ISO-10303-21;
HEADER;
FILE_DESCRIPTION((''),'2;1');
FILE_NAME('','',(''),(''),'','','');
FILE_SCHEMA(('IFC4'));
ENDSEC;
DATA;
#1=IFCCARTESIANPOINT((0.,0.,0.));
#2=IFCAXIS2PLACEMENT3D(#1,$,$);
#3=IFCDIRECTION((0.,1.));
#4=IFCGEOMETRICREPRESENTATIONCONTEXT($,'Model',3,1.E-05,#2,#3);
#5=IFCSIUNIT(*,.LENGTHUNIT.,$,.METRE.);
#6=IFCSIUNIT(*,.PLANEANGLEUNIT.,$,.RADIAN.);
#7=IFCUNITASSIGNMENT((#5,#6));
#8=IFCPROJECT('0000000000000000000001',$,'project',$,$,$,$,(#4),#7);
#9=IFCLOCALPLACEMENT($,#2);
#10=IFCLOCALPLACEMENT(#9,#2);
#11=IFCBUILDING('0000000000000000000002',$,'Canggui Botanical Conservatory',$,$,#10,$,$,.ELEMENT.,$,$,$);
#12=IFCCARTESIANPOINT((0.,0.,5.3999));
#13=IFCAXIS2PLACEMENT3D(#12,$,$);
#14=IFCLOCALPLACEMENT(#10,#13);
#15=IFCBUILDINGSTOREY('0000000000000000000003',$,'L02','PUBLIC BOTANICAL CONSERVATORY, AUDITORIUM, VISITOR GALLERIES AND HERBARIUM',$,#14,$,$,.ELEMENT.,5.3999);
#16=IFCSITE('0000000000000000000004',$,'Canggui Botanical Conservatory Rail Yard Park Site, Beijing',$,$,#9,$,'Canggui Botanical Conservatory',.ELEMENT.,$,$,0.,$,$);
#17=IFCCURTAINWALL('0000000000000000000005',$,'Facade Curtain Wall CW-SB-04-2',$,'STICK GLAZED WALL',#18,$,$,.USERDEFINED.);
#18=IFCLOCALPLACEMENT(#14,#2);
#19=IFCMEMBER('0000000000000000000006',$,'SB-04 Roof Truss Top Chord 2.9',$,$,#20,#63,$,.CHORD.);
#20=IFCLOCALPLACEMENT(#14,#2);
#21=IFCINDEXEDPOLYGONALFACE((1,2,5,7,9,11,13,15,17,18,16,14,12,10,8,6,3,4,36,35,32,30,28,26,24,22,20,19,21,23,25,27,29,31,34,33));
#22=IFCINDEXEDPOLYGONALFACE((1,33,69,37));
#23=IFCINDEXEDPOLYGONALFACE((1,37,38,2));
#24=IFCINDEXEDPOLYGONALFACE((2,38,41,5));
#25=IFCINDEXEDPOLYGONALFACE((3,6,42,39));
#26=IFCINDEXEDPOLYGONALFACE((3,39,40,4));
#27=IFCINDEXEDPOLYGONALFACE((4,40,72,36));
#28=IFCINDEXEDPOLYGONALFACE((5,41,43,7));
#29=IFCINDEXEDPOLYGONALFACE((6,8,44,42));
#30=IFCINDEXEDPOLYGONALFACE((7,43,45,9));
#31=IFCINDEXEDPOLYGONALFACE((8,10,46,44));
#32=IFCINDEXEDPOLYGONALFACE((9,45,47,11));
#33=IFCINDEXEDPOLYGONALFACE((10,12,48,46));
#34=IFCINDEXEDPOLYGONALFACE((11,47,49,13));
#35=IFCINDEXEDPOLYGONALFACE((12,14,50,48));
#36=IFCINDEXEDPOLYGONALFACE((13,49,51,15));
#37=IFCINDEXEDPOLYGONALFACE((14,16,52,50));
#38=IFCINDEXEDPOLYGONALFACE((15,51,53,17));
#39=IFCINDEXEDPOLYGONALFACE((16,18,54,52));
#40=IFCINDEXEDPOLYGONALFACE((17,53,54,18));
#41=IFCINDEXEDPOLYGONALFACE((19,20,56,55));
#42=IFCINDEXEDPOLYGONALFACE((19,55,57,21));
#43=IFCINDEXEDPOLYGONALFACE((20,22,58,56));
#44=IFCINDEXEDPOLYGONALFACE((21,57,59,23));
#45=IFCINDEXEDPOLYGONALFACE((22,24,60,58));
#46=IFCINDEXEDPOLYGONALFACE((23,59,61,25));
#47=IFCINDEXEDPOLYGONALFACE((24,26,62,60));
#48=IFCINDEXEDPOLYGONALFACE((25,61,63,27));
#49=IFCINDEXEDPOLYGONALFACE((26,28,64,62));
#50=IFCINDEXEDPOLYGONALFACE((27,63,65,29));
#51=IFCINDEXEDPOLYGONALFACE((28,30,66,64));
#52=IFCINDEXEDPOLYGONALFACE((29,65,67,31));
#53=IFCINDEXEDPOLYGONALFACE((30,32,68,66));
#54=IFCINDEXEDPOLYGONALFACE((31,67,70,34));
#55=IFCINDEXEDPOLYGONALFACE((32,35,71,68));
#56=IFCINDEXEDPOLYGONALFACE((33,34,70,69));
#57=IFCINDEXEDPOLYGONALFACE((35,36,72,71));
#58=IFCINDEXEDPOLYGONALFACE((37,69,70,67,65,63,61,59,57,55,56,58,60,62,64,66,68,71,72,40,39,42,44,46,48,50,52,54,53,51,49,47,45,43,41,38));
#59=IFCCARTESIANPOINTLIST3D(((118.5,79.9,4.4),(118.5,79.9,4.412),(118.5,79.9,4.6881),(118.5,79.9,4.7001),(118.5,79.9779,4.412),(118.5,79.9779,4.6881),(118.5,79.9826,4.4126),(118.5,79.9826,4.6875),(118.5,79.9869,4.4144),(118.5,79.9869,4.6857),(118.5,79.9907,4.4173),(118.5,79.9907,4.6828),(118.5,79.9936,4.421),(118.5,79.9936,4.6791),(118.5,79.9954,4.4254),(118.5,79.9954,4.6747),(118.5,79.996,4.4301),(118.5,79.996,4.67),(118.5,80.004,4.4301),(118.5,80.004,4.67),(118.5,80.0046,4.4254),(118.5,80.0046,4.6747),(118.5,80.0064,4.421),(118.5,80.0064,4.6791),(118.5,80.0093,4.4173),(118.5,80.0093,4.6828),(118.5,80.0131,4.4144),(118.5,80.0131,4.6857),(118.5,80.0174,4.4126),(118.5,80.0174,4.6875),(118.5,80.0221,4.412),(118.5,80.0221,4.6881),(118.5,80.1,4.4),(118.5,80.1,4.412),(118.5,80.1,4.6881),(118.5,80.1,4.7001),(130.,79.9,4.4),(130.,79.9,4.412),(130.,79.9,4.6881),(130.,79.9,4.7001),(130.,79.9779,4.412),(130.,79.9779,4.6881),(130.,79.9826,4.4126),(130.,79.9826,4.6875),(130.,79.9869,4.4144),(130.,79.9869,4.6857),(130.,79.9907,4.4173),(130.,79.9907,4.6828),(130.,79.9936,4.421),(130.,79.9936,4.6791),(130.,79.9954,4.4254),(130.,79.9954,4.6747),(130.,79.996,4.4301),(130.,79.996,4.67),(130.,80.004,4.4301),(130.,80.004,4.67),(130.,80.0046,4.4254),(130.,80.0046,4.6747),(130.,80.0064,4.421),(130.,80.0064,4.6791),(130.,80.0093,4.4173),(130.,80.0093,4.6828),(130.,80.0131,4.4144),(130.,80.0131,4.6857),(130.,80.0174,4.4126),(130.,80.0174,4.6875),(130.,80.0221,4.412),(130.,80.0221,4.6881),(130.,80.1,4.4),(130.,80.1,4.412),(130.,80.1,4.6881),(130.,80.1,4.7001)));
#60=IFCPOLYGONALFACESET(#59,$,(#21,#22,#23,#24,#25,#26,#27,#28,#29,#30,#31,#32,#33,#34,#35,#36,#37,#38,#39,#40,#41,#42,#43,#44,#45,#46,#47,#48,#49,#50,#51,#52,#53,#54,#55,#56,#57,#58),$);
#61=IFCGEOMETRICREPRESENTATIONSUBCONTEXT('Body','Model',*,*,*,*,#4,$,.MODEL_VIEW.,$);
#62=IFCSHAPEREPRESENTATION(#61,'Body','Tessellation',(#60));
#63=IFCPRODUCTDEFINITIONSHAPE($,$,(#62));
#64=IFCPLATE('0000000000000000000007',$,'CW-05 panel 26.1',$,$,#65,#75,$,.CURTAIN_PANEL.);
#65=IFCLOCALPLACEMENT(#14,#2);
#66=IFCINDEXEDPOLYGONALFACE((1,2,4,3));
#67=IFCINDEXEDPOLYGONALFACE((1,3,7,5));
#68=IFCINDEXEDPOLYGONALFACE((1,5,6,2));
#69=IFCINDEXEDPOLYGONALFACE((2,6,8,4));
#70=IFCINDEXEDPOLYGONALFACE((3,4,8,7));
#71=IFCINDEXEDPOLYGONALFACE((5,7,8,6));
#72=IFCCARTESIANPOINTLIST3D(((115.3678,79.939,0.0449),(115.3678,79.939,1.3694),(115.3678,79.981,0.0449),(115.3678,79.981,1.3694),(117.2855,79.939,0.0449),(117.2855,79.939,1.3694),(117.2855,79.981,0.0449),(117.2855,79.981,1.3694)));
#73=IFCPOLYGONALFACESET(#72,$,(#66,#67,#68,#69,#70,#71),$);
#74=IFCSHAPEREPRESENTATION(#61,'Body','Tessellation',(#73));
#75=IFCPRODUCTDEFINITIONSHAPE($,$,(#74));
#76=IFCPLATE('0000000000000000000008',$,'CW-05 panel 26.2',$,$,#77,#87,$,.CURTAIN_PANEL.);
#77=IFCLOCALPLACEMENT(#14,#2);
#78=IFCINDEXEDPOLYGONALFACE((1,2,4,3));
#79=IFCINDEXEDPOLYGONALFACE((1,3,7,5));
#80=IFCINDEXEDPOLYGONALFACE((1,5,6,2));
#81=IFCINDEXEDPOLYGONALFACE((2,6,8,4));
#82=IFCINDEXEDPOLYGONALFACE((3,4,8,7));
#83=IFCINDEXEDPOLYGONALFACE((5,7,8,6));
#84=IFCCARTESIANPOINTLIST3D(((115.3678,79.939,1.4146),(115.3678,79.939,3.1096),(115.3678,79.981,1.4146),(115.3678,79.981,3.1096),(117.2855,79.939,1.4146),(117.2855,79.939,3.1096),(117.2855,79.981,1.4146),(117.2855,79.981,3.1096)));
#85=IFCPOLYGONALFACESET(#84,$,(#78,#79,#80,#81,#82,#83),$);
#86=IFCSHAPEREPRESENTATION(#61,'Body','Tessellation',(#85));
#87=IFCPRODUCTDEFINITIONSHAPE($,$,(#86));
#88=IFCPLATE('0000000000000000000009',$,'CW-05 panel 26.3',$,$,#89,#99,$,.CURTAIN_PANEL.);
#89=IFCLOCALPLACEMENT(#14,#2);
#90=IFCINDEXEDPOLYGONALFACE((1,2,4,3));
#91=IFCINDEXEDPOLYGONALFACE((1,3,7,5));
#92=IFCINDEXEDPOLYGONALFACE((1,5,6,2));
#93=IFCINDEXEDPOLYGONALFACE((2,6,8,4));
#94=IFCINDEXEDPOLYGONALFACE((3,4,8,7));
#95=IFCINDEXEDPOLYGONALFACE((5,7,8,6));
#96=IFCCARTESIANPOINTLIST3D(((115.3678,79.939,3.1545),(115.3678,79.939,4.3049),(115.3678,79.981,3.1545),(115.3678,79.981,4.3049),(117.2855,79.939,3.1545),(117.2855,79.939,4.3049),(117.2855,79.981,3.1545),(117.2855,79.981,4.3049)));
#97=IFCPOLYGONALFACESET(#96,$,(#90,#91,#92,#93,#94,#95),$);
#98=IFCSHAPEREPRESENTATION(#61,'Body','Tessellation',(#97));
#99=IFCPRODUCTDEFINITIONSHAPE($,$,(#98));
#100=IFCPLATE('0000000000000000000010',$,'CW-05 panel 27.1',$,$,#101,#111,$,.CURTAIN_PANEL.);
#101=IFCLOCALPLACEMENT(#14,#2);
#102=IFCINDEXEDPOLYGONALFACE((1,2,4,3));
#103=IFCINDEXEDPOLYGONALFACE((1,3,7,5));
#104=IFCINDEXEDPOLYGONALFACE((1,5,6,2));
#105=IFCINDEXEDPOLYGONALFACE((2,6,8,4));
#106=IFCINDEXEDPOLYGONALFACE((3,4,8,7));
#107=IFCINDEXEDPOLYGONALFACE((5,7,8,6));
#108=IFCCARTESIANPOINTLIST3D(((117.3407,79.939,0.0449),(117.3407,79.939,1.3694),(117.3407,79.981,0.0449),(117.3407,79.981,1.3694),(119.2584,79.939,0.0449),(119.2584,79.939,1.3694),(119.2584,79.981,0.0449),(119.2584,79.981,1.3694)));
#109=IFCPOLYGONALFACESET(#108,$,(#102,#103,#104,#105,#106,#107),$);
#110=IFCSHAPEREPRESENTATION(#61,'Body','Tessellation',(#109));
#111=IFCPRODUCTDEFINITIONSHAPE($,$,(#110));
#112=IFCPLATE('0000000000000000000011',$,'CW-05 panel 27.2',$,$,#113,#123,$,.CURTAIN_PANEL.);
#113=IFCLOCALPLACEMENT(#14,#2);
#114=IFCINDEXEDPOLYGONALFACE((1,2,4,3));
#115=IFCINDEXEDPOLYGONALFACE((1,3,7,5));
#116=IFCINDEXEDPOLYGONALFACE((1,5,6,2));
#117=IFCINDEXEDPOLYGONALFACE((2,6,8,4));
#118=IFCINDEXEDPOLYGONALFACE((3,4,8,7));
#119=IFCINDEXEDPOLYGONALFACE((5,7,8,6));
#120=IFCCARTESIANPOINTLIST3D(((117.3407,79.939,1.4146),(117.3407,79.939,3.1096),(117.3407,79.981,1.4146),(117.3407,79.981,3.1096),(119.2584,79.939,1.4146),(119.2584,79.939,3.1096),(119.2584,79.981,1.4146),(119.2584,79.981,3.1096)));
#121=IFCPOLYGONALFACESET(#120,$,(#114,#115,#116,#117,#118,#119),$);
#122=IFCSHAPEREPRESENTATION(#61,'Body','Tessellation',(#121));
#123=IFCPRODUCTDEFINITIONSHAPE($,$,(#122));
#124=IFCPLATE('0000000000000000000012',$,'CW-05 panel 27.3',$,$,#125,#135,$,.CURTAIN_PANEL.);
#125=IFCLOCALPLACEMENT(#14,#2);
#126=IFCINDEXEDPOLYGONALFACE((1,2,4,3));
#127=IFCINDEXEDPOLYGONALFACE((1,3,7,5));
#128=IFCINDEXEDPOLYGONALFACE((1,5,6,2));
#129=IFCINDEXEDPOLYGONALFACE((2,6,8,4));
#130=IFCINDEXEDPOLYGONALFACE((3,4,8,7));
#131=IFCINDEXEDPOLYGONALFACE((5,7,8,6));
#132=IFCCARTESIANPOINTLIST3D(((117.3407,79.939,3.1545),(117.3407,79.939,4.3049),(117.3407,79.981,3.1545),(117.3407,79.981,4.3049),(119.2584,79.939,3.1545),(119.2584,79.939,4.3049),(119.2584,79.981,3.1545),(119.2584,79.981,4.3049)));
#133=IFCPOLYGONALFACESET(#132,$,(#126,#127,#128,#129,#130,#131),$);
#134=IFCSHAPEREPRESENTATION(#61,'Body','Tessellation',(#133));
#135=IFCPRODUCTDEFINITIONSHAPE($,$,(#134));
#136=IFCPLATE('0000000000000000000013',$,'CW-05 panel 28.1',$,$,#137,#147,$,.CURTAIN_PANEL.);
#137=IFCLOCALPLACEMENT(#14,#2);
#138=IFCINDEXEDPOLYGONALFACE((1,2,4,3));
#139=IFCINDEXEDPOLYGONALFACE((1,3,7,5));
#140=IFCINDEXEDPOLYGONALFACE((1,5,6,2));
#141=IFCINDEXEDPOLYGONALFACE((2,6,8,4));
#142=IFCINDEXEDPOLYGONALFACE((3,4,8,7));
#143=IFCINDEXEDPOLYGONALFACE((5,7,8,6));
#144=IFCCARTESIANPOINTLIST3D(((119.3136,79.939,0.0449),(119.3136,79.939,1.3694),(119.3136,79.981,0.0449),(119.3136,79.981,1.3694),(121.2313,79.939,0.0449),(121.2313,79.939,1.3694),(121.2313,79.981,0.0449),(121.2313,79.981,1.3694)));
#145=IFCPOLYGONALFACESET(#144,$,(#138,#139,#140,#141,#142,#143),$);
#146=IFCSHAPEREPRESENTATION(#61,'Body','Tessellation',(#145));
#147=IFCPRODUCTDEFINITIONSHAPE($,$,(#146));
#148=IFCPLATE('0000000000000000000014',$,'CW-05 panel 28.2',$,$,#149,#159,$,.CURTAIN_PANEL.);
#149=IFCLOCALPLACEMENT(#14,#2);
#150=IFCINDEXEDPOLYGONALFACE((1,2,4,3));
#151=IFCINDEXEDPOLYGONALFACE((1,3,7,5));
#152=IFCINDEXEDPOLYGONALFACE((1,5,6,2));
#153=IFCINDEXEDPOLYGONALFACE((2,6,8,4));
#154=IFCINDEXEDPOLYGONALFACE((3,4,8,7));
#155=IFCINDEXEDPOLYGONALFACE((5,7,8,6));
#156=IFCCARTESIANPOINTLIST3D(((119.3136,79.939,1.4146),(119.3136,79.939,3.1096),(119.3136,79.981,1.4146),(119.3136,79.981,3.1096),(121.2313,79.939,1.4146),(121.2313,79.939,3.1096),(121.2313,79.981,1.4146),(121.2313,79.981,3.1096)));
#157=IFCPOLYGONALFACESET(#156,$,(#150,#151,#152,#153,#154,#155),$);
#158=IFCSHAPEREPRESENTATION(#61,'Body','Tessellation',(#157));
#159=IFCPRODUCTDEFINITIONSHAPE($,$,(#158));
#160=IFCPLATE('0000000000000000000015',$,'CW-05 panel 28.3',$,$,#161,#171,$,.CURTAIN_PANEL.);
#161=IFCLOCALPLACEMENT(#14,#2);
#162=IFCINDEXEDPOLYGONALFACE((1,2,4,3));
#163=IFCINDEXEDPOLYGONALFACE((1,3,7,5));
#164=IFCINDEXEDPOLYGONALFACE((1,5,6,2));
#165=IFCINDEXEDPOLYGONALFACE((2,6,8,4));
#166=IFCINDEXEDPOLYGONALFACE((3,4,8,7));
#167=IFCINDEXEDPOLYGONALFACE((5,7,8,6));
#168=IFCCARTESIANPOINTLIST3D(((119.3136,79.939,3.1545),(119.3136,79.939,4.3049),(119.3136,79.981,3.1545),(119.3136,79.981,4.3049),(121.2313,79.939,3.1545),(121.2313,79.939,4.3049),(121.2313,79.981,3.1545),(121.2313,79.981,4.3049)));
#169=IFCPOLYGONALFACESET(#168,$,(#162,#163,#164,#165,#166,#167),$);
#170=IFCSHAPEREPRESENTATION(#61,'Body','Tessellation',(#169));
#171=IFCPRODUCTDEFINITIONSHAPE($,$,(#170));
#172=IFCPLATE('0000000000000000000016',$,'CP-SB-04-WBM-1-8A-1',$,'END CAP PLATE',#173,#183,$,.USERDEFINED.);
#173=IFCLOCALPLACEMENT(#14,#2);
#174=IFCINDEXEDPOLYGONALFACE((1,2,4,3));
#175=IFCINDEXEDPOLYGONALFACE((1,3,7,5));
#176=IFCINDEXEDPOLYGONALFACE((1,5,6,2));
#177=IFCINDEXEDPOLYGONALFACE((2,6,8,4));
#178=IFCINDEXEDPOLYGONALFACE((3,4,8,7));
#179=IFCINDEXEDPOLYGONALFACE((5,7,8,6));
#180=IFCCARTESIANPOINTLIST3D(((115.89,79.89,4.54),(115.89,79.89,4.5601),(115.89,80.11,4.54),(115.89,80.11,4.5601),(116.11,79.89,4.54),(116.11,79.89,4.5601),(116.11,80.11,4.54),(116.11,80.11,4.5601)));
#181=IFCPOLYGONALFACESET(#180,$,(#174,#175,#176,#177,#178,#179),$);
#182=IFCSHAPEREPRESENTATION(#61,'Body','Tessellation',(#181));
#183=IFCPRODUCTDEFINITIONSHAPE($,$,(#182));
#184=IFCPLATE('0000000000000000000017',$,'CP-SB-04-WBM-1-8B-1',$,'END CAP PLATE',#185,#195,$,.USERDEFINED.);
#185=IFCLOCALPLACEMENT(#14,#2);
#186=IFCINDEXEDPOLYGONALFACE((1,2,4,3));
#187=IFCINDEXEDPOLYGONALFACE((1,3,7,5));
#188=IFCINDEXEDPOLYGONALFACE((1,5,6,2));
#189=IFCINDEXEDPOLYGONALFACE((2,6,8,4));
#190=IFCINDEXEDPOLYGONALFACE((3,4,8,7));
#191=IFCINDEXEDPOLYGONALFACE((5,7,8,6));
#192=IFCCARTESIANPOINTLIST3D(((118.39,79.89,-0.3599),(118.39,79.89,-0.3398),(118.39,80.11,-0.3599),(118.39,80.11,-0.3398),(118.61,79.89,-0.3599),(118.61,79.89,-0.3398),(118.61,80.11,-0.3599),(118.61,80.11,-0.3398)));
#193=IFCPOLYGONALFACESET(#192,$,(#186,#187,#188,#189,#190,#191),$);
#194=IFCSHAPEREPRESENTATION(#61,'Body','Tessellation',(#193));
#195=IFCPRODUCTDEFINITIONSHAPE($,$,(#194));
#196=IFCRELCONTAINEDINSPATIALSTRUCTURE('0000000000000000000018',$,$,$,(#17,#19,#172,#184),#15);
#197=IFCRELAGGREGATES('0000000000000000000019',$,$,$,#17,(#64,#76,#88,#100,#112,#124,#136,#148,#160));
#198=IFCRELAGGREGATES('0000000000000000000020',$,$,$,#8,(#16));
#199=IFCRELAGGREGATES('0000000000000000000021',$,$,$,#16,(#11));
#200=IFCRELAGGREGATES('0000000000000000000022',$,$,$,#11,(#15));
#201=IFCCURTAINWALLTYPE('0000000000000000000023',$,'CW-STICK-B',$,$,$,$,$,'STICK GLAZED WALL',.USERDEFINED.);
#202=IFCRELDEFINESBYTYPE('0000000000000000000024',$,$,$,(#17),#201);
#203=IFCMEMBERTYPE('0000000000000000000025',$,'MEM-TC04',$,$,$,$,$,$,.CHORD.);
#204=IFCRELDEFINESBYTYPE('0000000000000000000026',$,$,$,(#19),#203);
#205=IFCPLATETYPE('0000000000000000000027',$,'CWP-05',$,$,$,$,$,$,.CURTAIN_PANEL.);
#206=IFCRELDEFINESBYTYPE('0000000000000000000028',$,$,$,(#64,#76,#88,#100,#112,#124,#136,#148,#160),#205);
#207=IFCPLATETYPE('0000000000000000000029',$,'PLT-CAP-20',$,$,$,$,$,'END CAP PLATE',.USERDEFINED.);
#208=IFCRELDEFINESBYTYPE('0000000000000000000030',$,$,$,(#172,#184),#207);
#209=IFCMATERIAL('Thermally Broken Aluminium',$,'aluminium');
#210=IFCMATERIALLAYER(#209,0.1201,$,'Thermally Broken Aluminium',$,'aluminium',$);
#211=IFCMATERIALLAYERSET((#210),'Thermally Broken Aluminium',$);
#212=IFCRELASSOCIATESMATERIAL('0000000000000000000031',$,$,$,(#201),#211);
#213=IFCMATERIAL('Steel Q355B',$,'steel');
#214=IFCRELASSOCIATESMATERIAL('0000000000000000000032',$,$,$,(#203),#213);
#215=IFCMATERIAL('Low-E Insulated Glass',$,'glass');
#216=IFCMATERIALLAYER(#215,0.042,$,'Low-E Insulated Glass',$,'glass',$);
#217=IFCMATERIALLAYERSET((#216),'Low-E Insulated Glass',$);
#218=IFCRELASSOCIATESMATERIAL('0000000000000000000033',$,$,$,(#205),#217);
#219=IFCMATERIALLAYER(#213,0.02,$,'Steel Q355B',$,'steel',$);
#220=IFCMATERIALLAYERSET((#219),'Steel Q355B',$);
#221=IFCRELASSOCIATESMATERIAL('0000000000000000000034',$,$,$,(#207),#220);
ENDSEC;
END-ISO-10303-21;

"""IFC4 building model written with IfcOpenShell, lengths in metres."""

from ifc_helpers import new_model, si_unit, direction, frame, origin, origin_2d, place, context, subcontext, project, spatial, rectangle, i_section, extrude, material, layer, layer_set, material_profile, profile_set, type_object, element, aggregate, save


model = new_model("IFC4")

# Units and contexts
model_context = context("Model", 3, precision=1e-05, world=origin(), true_north=direction((0.0, 1.0)))
body_context = subcontext(model_context, "Body", "Model", "MODEL_VIEW")
ifc_project = project(units=[si_unit("LENGTHUNIT", "METRE"), si_unit("PLANEANGLEUNIT", "RADIAN")], contexts=[model_context])

# Site, building, storey
site_placement = place(None, origin())
site = spatial("IfcSite", under=ifc_project, at=site_placement, Name="Canggui Botanical Conservatory Rail Yard Park Site, Beijing", LongName="Canggui Botanical Conservatory", CompositionType="ELEMENT", RefElevation=0.0)
building_placement = place(site_placement, origin())
building = spatial("IfcBuilding", under=site, at=building_placement, Name="Canggui Botanical Conservatory", CompositionType="ELEMENT")
storey_placement = place(building_placement, frame((0.0, 0.0, 5.3999)))
storey = spatial("IfcBuildingStorey", under=building, at=storey_placement, Name="L02", Description="PUBLIC BOTANICAL CONSERVATORY, AUDITORIUM, VISITOR GALLERIES AND HERBARIUM", CompositionType="ELEMENT", Elevation=5.3999)

# Shared definitions
ifc_material_1 = material(Name="Steel Q355B", Category="steel")

# Curtain wall
ifc_material_2 = material(Name="Thermally Broken Aluminium", Category="aluminium")
ifc_layer_1 = layer(ifc_material_2, 0.1201, Name="Thermally Broken Aluminium", Category="aluminium")
ifc_layer_set_1 = layer_set([ifc_layer_1], Name="Thermally Broken Aluminium")
curtain_wall_type = type_object("IfcCurtainWallType", Name="CW-STICK-B", ElementType="STICK GLAZED WALL", PredefinedType="USERDEFINED", material=ifc_layer_set_1)
curtain_wall_placement = place(storey_placement, origin())
curtain_wall = element("IfcCurtainWall", 1, at=curtain_wall_placement, inside=storey, type_object=curtain_wall_type, Name="Facade Curtain Wall CW-SB-04-2", ObjectType="STICK GLAZED WALL", PredefinedType="USERDEFINED")

# Member
ifc_material_profile_1 = material_profile(ifc_material_1, i_section(OverallWidth=0.2, OverallDepth=0.3, WebThickness=0.0081, FlangeThickness=0.012, FilletRadius=0.0181, at=origin_2d()), Name="HM 300x200x8x12")
ifc_profile_set_1 = profile_set([ifc_material_profile_1], Name="Steel Q355B")
member_type_1 = type_object("IfcMemberType", Name="MEM-TC04", PredefinedType="CHORD", material=ifc_profile_set_1)
member_1_placement = place(storey_placement, frame((118.5, 80.0, 4.55), z_axis=(1.0, 0.0, 0.0), x_axis=(0.0, 1.0, 0.0)))
element("IfcMember", 2, at=member_1_placement, inside=storey, type_object=member_type_1, Name="SB-04 Roof Truss Top Chord 2.9", PredefinedType="CHORD", context=body_context, shape_type="SweptSolid", body=[
    extrude(i_section(OverallWidth=0.2, OverallDepth=0.3, WebThickness=0.0081, FlangeThickness=0.012, FilletRadius=0.0181, at=origin_2d()), origin(), (0.0, 0.0, 1.0), 11.5),
])

# Plates
ifc_material_3 = material(Name="Low-E Insulated Glass", Category="glass")
ifc_layer_2 = layer(ifc_material_3, 0.042, Name="Low-E Insulated Glass", Category="glass")
ifc_layer_set_2 = layer_set([ifc_layer_2], Name="Low-E Insulated Glass")
plate_type_1 = type_object("IfcPlateType", Name="CWP-05", PredefinedType="CURTAIN_PANEL", material=ifc_layer_set_2)
plate_1_placement = place(storey_placement, frame((116.3267, 79.96, 0.0449), z_axis=(0.0, 0.0, 1.0), x_axis=(1.0, 0.0, 0.0)))
plate_1 = element("IfcPlate", 3, at=plate_1_placement, type_object=plate_type_1, Name="CW-05 panel 26.1", PredefinedType="CURTAIN_PANEL", context=body_context, shape_type="SweptSolid", body=[
    extrude(rectangle(XDim=1.9177, YDim=0.042, at=origin_2d()), origin(), (0.0, 0.0, 1.0), 1.3245),
])
plate_2_placement = place(storey_placement, frame((116.3267, 79.96, 1.4146), z_axis=(0.0, 0.0, 1.0), x_axis=(1.0, 0.0, 0.0)))
plate_2 = element("IfcPlate", 4, at=plate_2_placement, type_object=plate_type_1, Name="CW-05 panel 26.2", PredefinedType="CURTAIN_PANEL", context=body_context, shape_type="SweptSolid", body=[
    extrude(rectangle(XDim=1.9177, YDim=0.042, at=origin_2d()), origin(), (0.0, 0.0, 1.0), 1.6951),
])
plate_3_placement = place(storey_placement, frame((116.3267, 79.96, 3.1545), z_axis=(0.0, 0.0, 1.0), x_axis=(1.0, 0.0, 0.0)))
plate_3 = element("IfcPlate", 5, at=plate_3_placement, type_object=plate_type_1, Name="CW-05 panel 26.3", PredefinedType="CURTAIN_PANEL", context=body_context, shape_type="SweptSolid", body=[
    extrude(rectangle(XDim=1.9177, YDim=0.042, at=origin_2d()), origin(), (0.0, 0.0, 1.0), 1.1504),
])
plate_4_placement = place(storey_placement, frame((118.2996, 79.96, 0.0449), z_axis=(0.0, 0.0, 1.0), x_axis=(1.0, 0.0, 0.0)))
plate_4 = element("IfcPlate", 6, at=plate_4_placement, type_object=plate_type_1, Name="CW-05 panel 27.1", PredefinedType="CURTAIN_PANEL", context=body_context, shape_type="SweptSolid", body=[
    extrude(rectangle(XDim=1.9177, YDim=0.042, at=origin_2d()), origin(), (0.0, 0.0, 1.0), 1.3245),
])
plate_5_placement = place(storey_placement, frame((118.2996, 79.96, 1.4146), z_axis=(0.0, 0.0, 1.0), x_axis=(1.0, 0.0, 0.0)))
plate_5 = element("IfcPlate", 7, at=plate_5_placement, type_object=plate_type_1, Name="CW-05 panel 27.2", PredefinedType="CURTAIN_PANEL", context=body_context, shape_type="SweptSolid", body=[
    extrude(rectangle(XDim=1.9177, YDim=0.042, at=origin_2d()), origin(), (0.0, 0.0, 1.0), 1.6951),
])
plate_6_placement = place(storey_placement, frame((118.2996, 79.96, 3.1545), z_axis=(0.0, 0.0, 1.0), x_axis=(1.0, 0.0, 0.0)))
plate_6 = element("IfcPlate", 8, at=plate_6_placement, type_object=plate_type_1, Name="CW-05 panel 27.3", PredefinedType="CURTAIN_PANEL", context=body_context, shape_type="SweptSolid", body=[
    extrude(rectangle(XDim=1.9177, YDim=0.042, at=origin_2d()), origin(), (0.0, 0.0, 1.0), 1.1504),
])
plate_7_placement = place(storey_placement, frame((120.2725, 79.96, 0.0449), z_axis=(0.0, 0.0, 1.0), x_axis=(1.0, 0.0, 0.0)))
plate_7 = element("IfcPlate", 9, at=plate_7_placement, type_object=plate_type_1, Name="CW-05 panel 28.1", PredefinedType="CURTAIN_PANEL", context=body_context, shape_type="SweptSolid", body=[
    extrude(rectangle(XDim=1.9177, YDim=0.042, at=origin_2d()), origin(), (0.0, 0.0, 1.0), 1.3245),
])
plate_8_placement = place(storey_placement, frame((120.2725, 79.96, 1.4146), z_axis=(0.0, 0.0, 1.0), x_axis=(1.0, 0.0, 0.0)))
plate_8 = element("IfcPlate", 10, at=plate_8_placement, type_object=plate_type_1, Name="CW-05 panel 28.2", PredefinedType="CURTAIN_PANEL", context=body_context, shape_type="SweptSolid", body=[
    extrude(rectangle(XDim=1.9177, YDim=0.042, at=origin_2d()), origin(), (0.0, 0.0, 1.0), 1.6951),
])
plate_9_placement = place(storey_placement, frame((120.2725, 79.96, 3.1545), z_axis=(0.0, 0.0, 1.0), x_axis=(1.0, 0.0, 0.0)))
plate_9 = element("IfcPlate", 11, at=plate_9_placement, type_object=plate_type_1, Name="CW-05 panel 28.3", PredefinedType="CURTAIN_PANEL", context=body_context, shape_type="SweptSolid", body=[
    extrude(rectangle(XDim=1.9177, YDim=0.042, at=origin_2d()), origin(), (0.0, 0.0, 1.0), 1.1504),
])
aggregate(curtain_wall, [plate_1, plate_2, plate_3, plate_4, plate_5, plate_6, plate_7, plate_8, plate_9])

# Plates
ifc_layer_3 = layer(ifc_material_1, 0.02, Name="Steel Q355B", Category="steel")
ifc_layer_set_3 = layer_set([ifc_layer_3], Name="Steel Q355B")
plate_type_2 = type_object("IfcPlateType", Name="PLT-CAP-20", ElementType="END CAP PLATE", PredefinedType="USERDEFINED", material=ifc_layer_set_3)
for number, where, z_axis, x_axis, name in (
    (12, (116.0, 80.0, 4.54), (0.0, 0.0, 1.0), (1.0, 0.0, 0.0), "CP-SB-04-WBM-1-8A-1"),
    (13, (118.5, 80.0, -0.3599), (0.0, 0.0, 1.0), (1.0, 0.0, 0.0), "CP-SB-04-WBM-1-8B-1"),
):
    element("IfcPlate", number, at=place(storey_placement, frame(where, z_axis=z_axis, x_axis=x_axis)), inside=storey, type_object=plate_type_2, Name=name, ObjectType="END CAP PLATE", PredefinedType="USERDEFINED", context=body_context, shape_type="SweptSolid", body=[
        extrude(rectangle(XDim=0.22, YDim=0.22, at=origin_2d()), origin(), (0.0, 0.0, 1.0), 0.02),
    ])

save(model, "model.ifc")
